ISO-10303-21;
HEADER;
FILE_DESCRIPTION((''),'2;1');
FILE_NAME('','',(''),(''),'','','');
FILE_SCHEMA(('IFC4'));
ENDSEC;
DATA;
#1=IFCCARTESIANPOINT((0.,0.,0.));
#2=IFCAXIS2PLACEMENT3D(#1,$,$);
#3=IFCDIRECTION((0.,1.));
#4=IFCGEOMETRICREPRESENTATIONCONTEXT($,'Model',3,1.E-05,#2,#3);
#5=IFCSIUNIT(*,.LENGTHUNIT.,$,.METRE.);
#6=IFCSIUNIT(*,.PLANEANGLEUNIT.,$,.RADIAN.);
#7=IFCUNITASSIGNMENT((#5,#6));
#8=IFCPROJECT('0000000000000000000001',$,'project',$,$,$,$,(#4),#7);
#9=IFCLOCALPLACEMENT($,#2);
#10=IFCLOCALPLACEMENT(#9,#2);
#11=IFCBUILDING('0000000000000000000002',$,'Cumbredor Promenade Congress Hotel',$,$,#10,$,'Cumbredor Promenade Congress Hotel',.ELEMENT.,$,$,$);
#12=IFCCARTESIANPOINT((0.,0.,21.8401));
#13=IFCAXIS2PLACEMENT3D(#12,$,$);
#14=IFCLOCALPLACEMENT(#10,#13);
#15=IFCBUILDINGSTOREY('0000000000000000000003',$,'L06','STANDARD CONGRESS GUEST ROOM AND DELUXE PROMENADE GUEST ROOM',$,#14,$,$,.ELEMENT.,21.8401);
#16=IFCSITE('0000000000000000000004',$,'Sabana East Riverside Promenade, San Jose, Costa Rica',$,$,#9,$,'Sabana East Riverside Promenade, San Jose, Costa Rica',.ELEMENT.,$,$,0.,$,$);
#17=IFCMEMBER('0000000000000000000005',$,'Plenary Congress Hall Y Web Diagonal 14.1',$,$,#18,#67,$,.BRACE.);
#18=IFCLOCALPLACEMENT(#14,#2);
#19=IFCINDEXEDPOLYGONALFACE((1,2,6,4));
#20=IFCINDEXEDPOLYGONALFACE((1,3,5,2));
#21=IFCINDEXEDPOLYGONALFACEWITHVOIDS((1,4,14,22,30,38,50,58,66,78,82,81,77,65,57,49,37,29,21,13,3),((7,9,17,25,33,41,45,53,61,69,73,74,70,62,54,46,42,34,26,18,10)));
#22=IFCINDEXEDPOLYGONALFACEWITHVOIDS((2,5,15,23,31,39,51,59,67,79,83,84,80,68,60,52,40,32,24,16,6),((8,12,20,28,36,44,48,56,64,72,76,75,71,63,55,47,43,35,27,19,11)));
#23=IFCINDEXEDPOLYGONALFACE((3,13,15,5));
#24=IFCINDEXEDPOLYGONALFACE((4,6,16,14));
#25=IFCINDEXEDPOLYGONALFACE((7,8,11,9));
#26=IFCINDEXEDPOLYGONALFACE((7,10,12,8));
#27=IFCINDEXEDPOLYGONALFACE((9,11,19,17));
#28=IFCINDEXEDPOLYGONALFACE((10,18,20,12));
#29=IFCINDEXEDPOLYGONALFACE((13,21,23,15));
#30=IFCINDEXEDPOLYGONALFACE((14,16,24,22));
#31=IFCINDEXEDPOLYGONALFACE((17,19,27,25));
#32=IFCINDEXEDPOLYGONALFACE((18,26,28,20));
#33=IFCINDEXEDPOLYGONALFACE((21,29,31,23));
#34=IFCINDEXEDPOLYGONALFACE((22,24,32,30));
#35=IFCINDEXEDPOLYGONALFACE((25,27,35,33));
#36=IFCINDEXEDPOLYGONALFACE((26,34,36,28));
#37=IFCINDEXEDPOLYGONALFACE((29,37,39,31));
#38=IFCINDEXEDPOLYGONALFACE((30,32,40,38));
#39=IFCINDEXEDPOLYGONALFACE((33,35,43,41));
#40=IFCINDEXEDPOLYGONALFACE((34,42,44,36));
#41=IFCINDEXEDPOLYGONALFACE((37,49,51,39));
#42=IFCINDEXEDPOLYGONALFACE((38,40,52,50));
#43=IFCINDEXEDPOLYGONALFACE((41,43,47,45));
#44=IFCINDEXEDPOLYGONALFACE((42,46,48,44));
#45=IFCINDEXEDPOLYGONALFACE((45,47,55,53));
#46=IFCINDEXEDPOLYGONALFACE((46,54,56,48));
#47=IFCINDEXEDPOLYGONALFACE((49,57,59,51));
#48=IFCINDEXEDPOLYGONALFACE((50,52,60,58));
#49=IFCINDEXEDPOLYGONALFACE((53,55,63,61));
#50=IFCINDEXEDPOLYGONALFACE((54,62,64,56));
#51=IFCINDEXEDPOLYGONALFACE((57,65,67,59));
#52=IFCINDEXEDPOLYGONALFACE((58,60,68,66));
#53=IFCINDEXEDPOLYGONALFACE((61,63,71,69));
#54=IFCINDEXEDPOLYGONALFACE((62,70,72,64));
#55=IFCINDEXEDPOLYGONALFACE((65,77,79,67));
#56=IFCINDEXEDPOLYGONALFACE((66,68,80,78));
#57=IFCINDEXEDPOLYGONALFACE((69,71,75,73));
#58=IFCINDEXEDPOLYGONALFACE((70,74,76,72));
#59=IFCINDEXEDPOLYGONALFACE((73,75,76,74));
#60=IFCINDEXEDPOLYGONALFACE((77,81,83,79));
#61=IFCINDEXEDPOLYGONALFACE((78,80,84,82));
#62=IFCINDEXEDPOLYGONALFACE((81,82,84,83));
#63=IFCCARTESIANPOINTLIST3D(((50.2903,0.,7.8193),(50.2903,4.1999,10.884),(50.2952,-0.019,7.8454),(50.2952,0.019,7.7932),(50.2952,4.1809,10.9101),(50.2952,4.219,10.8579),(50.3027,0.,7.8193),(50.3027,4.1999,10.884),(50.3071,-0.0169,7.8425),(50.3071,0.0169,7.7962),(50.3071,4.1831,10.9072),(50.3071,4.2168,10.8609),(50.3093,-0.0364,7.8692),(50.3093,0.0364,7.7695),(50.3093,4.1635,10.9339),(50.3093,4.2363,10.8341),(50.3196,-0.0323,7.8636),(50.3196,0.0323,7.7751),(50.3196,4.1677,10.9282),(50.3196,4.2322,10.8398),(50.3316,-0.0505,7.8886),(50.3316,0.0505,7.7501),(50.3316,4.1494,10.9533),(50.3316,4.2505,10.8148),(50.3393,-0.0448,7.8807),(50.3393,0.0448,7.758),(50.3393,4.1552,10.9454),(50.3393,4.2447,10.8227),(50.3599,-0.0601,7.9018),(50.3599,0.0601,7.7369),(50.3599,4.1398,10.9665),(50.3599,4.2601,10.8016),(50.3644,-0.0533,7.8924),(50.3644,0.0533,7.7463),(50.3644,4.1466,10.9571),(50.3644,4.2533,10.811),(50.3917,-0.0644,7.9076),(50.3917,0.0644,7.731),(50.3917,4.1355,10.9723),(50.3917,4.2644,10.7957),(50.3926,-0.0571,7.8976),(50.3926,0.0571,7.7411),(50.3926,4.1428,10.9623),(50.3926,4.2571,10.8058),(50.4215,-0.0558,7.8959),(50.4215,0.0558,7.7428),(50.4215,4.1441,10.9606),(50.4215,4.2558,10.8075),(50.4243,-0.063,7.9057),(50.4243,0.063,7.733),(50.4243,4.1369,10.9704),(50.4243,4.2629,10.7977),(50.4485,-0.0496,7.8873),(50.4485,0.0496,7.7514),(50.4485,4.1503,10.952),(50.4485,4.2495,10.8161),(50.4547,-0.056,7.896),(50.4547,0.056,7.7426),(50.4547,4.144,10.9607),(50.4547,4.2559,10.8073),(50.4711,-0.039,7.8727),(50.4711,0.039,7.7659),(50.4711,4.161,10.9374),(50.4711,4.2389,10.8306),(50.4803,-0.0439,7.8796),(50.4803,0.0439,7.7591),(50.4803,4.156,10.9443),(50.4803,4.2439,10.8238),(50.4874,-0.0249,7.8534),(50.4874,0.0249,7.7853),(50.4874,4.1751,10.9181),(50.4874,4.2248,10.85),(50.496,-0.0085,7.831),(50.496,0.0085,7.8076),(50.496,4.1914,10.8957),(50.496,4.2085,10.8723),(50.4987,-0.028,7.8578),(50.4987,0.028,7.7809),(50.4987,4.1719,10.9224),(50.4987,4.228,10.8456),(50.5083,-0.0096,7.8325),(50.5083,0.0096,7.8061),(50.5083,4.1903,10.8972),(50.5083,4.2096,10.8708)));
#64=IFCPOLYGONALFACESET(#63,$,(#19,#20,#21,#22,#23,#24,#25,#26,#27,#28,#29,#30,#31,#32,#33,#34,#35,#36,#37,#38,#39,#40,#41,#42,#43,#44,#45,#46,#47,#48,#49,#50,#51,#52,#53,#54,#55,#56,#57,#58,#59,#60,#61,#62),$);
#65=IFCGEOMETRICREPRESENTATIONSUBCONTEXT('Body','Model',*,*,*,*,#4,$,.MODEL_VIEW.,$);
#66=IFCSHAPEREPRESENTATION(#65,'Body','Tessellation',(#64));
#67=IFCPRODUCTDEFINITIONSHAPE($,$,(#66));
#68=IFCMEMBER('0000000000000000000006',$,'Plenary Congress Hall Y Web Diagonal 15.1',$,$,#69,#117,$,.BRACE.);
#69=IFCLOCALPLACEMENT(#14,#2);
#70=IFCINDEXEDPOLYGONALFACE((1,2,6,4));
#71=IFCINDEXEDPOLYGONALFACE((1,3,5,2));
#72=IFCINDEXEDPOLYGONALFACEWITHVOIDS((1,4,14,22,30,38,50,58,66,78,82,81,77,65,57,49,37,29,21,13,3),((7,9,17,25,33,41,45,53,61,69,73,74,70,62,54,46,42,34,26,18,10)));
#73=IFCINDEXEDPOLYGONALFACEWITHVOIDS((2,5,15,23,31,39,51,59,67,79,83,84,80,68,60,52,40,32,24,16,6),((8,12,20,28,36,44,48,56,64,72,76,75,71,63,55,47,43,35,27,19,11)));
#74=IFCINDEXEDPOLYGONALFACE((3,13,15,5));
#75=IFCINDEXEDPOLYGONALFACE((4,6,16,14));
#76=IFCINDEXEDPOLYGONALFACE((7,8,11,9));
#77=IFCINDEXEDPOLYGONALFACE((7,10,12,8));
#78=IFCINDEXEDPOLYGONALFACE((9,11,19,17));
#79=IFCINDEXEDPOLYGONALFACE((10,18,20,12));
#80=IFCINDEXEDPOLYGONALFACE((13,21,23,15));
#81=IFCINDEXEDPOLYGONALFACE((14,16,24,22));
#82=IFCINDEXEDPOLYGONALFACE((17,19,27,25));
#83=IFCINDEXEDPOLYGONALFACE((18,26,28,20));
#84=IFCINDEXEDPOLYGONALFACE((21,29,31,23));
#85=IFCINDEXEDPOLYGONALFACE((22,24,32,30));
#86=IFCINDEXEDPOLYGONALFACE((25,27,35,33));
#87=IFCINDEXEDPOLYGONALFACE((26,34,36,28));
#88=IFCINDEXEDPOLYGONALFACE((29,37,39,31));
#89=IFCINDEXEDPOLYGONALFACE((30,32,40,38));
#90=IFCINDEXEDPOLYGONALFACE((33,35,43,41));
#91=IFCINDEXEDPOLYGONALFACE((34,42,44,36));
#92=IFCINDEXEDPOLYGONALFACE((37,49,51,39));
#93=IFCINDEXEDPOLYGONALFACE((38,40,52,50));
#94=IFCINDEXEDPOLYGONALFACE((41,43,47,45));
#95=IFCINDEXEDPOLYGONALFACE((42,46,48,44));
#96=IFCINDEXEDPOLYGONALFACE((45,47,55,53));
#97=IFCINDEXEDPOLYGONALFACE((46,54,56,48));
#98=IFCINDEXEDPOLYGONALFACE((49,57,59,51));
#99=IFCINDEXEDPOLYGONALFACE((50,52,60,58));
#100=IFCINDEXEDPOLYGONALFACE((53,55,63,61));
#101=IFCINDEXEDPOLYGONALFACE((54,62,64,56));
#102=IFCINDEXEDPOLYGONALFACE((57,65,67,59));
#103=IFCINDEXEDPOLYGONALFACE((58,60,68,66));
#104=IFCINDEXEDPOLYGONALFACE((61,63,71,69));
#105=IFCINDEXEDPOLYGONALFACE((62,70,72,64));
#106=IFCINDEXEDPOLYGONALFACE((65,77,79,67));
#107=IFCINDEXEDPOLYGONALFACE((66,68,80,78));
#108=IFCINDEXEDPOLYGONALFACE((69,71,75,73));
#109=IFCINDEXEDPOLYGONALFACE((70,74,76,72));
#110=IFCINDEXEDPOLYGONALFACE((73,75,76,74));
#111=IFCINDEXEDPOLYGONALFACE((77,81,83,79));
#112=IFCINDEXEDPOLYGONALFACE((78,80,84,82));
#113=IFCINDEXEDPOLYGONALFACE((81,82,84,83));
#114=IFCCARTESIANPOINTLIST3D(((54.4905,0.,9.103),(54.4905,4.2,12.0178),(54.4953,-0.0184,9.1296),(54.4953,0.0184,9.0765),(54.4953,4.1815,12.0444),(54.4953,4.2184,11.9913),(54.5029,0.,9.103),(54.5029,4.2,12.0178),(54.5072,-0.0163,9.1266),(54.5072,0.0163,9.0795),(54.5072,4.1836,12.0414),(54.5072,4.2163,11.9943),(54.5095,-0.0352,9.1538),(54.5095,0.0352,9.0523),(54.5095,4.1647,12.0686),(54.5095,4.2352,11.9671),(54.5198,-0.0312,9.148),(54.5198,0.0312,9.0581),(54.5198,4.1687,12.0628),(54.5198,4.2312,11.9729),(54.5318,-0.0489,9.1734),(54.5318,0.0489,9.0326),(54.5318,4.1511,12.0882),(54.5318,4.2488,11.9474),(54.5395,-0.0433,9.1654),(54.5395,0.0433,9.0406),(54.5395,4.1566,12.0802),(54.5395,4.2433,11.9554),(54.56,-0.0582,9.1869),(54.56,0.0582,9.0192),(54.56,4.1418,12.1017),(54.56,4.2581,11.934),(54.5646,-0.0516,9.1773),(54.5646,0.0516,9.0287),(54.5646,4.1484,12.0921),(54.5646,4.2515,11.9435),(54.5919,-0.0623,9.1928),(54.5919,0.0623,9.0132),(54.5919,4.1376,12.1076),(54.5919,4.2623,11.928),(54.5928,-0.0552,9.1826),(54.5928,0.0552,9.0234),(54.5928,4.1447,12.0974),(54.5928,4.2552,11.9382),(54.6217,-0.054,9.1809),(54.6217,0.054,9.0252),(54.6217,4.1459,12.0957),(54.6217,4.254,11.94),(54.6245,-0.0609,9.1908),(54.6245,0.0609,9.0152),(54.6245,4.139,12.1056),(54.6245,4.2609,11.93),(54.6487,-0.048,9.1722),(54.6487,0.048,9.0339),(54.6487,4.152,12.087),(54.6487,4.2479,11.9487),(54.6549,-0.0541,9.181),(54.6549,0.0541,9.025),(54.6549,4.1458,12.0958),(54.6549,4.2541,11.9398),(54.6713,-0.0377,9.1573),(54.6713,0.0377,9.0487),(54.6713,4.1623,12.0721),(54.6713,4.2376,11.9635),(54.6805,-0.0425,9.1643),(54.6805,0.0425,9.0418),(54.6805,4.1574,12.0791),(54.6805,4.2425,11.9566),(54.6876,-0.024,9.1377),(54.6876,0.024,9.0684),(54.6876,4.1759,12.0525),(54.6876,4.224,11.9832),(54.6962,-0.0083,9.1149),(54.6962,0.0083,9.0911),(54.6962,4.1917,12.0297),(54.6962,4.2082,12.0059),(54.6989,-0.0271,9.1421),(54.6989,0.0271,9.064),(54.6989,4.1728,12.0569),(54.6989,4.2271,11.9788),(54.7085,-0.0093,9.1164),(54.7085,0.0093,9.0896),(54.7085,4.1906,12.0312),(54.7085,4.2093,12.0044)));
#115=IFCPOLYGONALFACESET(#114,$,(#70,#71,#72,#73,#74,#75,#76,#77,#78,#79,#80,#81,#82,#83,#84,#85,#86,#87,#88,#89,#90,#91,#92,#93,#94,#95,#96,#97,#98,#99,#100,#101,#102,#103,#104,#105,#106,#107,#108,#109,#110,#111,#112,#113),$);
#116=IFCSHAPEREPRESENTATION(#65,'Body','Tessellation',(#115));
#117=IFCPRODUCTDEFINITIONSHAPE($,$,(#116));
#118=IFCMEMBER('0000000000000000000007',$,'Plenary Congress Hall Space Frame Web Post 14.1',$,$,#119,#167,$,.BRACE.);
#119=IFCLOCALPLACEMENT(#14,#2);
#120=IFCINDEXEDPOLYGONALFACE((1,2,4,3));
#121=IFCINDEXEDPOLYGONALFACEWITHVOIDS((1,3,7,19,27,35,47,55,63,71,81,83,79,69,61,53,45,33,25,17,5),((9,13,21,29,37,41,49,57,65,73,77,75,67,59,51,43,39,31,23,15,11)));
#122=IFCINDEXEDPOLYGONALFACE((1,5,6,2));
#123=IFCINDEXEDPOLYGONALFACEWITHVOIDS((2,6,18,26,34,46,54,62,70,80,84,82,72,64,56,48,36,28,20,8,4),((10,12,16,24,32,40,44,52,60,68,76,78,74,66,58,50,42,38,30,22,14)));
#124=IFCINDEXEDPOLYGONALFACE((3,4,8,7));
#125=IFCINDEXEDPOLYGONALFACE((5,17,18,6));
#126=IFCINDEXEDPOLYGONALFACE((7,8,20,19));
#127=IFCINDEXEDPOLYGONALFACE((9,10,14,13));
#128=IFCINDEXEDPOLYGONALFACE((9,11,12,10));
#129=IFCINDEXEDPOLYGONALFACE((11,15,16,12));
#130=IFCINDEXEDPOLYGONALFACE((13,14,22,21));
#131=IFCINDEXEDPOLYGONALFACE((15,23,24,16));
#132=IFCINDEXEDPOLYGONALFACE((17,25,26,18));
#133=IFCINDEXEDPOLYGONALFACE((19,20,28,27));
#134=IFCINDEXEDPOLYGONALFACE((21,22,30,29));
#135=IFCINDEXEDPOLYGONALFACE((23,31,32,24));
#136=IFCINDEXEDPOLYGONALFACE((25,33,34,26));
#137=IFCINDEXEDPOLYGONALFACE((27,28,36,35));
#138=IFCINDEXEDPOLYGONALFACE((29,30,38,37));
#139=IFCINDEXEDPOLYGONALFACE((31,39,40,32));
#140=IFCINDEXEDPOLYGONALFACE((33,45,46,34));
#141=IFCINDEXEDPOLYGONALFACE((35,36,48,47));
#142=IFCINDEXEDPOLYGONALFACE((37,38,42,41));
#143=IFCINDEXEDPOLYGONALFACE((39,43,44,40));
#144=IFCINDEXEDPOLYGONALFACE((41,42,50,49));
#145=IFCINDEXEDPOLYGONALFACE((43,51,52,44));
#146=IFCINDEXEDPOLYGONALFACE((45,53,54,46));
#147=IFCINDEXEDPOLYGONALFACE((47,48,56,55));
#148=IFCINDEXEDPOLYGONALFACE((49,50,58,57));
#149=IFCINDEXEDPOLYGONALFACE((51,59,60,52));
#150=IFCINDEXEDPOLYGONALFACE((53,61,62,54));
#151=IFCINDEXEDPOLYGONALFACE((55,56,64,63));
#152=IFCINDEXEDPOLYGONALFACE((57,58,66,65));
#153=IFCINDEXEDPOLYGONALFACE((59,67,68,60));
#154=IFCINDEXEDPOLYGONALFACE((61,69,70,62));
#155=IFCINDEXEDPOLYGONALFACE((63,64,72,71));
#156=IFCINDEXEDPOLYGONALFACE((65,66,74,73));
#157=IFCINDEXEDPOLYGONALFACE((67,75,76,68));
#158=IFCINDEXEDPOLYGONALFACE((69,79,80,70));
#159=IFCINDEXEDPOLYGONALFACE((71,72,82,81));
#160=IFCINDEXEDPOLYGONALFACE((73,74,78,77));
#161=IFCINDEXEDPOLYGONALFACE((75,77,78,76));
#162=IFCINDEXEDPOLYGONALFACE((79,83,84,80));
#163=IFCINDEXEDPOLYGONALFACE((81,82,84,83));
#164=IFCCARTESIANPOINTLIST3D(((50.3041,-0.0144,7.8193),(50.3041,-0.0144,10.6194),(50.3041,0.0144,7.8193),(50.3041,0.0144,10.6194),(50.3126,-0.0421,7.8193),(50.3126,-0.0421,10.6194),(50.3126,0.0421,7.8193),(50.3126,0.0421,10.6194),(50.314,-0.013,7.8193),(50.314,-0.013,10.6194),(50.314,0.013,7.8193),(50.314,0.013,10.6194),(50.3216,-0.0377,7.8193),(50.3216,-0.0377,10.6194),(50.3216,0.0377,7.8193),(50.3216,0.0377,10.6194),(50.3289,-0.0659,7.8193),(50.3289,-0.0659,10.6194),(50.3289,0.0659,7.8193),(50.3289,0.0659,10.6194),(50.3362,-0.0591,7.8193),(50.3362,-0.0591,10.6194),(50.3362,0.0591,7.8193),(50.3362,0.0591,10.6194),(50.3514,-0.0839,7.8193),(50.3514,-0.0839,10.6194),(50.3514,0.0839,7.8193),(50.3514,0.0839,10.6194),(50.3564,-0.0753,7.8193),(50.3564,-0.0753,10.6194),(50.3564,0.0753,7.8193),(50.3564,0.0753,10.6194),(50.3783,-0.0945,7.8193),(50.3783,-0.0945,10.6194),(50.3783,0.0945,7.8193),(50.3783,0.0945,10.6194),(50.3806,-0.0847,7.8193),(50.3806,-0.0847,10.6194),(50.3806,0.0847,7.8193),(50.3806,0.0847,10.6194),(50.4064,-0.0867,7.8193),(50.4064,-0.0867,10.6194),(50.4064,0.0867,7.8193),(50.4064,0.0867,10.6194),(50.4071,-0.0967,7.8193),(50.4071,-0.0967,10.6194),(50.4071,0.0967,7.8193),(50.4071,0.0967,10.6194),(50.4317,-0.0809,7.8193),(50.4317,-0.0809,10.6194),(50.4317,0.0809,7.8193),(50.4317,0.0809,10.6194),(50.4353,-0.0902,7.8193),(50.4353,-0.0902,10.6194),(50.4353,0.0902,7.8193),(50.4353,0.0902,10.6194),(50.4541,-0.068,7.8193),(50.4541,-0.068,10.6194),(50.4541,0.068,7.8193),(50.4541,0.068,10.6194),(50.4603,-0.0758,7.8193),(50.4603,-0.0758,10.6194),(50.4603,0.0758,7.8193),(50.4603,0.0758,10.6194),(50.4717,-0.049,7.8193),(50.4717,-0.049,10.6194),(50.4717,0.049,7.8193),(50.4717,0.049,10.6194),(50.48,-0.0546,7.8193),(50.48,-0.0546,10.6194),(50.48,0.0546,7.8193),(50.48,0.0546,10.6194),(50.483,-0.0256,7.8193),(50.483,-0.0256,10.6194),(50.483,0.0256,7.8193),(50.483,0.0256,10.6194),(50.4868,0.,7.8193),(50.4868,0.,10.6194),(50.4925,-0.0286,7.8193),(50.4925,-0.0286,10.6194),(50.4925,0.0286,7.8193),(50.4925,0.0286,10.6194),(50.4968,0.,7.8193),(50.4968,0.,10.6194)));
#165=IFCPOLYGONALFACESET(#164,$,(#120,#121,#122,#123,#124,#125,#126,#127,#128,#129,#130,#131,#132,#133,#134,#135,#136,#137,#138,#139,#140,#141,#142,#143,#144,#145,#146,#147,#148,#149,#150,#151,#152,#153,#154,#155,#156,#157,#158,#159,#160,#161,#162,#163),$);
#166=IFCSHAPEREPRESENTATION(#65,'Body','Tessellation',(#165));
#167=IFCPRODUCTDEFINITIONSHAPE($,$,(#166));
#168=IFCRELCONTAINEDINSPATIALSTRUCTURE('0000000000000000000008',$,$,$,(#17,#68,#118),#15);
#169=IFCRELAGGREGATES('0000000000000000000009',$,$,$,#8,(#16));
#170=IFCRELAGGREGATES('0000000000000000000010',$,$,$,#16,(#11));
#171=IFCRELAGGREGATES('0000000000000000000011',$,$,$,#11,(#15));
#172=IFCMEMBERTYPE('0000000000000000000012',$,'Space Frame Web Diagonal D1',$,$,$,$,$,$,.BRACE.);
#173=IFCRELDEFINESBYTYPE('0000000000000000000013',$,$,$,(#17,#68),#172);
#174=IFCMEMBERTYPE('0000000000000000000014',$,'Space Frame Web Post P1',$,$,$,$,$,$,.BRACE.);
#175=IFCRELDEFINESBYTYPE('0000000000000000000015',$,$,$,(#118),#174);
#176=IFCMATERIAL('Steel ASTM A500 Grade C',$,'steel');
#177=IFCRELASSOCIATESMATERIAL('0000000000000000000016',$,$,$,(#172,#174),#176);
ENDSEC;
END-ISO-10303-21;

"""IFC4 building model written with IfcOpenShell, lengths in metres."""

from ifc_helpers import new_model, si_unit, direction, frame, origin, origin_2d, place, context, subcontext, project, spatial, hollow_circle, extrude, material, material_profile, profile_set, type_object, element, save


model = new_model("IFC4")

# Units and contexts
model_context = context("Model", 3, precision=1e-05, world=origin(), true_north=direction((0.0, 1.0)))
body_context = subcontext(model_context, "Body", "Model", "MODEL_VIEW")
ifc_project = project(units=[si_unit("LENGTHUNIT", "METRE"), si_unit("PLANEANGLEUNIT", "RADIAN")], contexts=[model_context])

# Site, building, storey
site_placement = place(None, origin())
site = spatial("IfcSite", under=ifc_project, at=site_placement, Name="Sabana East Riverside Promenade, San Jose, Costa Rica", LongName="Sabana East Riverside Promenade, San Jose, Costa Rica", CompositionType="ELEMENT", RefElevation=0.0)
building_placement = place(site_placement, origin())
building = spatial("IfcBuilding", under=site, at=building_placement, Name="Cumbredor Promenade Congress Hotel", LongName="Cumbredor Promenade Congress Hotel", CompositionType="ELEMENT")
storey_placement = place(building_placement, frame((0.0, 0.0, 21.8401)))
storey = spatial("IfcBuildingStorey", under=building, at=storey_placement, Name="L06", Description="STANDARD CONGRESS GUEST ROOM AND DELUXE PROMENADE GUEST ROOM", CompositionType="ELEMENT", Elevation=21.8401)

# Members
ifc_material_1 = material(Name="Steel ASTM A500 Grade C", Category="steel")
ifc_material_profile_1 = material_profile(ifc_material_1, hollow_circle(Radius=0.1096, WallThickness=0.0125, at=origin_2d()), Name="CHS 219.1x12.5")
ifc_profile_set_1 = profile_set([ifc_material_profile_1], Name="Steel ASTM A500 Grade C")
member_type_1 = type_object("IfcMemberType", Name="Space Frame Web Diagonal D1", PredefinedType="BRACE", material=ifc_profile_set_1)
member_1_placement = place(storey_placement, frame((50.3999, 0.0, 7.8193), z_axis=(0.0, 0.807803, 0.589453), x_axis=(-1.0, 0.0, 0.0)))
element("IfcMember", 1, at=member_1_placement, inside=storey, type_object=member_type_1, Name="Plenary Congress Hall Y Web Diagonal 14.1", PredefinedType="BRACE", context=body_context, shape_type="SweptSolid", body=[
    extrude(hollow_circle(Radius=0.1096, WallThickness=0.0125, at=origin_2d()), origin(), (0.0, 0.0, 1.0), 5.1992),
])
member_2_placement = place(storey_placement, frame((54.6001, 0.0, 9.103), z_axis=(0.0, 0.821538, 0.570153), x_axis=(-1.0, 0.0, 0.0)))
element("IfcMember", 2, at=member_2_placement, inside=storey, type_object=member_type_1, Name="Plenary Congress Hall Y Web Diagonal 15.1", PredefinedType="BRACE", context=body_context, shape_type="SweptSolid", body=[
    extrude(hollow_circle(Radius=0.1096, WallThickness=0.0125, at=origin_2d()), origin(), (0.0, 0.0, 1.0), 5.1123),
])
ifc_material_profile_2 = material_profile(ifc_material_1, hollow_circle(Radius=0.0969, WallThickness=0.01, at=origin_2d()), Name="CHS 193.7x10")
ifc_profile_set_2 = profile_set([ifc_material_profile_2], Name="Steel ASTM A500 Grade C")
member_type_2 = type_object("IfcMemberType", Name="Space Frame Web Post P1", PredefinedType="BRACE", material=ifc_profile_set_2)
for number, where, z_axis, x_axis, name in (
    (3, (50.3999, 0.0, 7.8193), (0.0, 0.0, 1.0), (1.0, 0.0, 0.0), "Plenary Congress Hall Space Frame Web Post 14.1"),
):
    element("IfcMember", number, at=place(storey_placement, frame(where, z_axis=z_axis, x_axis=x_axis)), inside=storey, type_object=member_type_2, Name=name, PredefinedType="BRACE", context=body_context, shape_type="SweptSolid", body=[
        extrude(hollow_circle(Radius=0.0969, WallThickness=0.01, at=origin_2d()), origin(), (0.0, 0.0, 1.0), 2.8),
    ])

save(model, "model.ifc")
